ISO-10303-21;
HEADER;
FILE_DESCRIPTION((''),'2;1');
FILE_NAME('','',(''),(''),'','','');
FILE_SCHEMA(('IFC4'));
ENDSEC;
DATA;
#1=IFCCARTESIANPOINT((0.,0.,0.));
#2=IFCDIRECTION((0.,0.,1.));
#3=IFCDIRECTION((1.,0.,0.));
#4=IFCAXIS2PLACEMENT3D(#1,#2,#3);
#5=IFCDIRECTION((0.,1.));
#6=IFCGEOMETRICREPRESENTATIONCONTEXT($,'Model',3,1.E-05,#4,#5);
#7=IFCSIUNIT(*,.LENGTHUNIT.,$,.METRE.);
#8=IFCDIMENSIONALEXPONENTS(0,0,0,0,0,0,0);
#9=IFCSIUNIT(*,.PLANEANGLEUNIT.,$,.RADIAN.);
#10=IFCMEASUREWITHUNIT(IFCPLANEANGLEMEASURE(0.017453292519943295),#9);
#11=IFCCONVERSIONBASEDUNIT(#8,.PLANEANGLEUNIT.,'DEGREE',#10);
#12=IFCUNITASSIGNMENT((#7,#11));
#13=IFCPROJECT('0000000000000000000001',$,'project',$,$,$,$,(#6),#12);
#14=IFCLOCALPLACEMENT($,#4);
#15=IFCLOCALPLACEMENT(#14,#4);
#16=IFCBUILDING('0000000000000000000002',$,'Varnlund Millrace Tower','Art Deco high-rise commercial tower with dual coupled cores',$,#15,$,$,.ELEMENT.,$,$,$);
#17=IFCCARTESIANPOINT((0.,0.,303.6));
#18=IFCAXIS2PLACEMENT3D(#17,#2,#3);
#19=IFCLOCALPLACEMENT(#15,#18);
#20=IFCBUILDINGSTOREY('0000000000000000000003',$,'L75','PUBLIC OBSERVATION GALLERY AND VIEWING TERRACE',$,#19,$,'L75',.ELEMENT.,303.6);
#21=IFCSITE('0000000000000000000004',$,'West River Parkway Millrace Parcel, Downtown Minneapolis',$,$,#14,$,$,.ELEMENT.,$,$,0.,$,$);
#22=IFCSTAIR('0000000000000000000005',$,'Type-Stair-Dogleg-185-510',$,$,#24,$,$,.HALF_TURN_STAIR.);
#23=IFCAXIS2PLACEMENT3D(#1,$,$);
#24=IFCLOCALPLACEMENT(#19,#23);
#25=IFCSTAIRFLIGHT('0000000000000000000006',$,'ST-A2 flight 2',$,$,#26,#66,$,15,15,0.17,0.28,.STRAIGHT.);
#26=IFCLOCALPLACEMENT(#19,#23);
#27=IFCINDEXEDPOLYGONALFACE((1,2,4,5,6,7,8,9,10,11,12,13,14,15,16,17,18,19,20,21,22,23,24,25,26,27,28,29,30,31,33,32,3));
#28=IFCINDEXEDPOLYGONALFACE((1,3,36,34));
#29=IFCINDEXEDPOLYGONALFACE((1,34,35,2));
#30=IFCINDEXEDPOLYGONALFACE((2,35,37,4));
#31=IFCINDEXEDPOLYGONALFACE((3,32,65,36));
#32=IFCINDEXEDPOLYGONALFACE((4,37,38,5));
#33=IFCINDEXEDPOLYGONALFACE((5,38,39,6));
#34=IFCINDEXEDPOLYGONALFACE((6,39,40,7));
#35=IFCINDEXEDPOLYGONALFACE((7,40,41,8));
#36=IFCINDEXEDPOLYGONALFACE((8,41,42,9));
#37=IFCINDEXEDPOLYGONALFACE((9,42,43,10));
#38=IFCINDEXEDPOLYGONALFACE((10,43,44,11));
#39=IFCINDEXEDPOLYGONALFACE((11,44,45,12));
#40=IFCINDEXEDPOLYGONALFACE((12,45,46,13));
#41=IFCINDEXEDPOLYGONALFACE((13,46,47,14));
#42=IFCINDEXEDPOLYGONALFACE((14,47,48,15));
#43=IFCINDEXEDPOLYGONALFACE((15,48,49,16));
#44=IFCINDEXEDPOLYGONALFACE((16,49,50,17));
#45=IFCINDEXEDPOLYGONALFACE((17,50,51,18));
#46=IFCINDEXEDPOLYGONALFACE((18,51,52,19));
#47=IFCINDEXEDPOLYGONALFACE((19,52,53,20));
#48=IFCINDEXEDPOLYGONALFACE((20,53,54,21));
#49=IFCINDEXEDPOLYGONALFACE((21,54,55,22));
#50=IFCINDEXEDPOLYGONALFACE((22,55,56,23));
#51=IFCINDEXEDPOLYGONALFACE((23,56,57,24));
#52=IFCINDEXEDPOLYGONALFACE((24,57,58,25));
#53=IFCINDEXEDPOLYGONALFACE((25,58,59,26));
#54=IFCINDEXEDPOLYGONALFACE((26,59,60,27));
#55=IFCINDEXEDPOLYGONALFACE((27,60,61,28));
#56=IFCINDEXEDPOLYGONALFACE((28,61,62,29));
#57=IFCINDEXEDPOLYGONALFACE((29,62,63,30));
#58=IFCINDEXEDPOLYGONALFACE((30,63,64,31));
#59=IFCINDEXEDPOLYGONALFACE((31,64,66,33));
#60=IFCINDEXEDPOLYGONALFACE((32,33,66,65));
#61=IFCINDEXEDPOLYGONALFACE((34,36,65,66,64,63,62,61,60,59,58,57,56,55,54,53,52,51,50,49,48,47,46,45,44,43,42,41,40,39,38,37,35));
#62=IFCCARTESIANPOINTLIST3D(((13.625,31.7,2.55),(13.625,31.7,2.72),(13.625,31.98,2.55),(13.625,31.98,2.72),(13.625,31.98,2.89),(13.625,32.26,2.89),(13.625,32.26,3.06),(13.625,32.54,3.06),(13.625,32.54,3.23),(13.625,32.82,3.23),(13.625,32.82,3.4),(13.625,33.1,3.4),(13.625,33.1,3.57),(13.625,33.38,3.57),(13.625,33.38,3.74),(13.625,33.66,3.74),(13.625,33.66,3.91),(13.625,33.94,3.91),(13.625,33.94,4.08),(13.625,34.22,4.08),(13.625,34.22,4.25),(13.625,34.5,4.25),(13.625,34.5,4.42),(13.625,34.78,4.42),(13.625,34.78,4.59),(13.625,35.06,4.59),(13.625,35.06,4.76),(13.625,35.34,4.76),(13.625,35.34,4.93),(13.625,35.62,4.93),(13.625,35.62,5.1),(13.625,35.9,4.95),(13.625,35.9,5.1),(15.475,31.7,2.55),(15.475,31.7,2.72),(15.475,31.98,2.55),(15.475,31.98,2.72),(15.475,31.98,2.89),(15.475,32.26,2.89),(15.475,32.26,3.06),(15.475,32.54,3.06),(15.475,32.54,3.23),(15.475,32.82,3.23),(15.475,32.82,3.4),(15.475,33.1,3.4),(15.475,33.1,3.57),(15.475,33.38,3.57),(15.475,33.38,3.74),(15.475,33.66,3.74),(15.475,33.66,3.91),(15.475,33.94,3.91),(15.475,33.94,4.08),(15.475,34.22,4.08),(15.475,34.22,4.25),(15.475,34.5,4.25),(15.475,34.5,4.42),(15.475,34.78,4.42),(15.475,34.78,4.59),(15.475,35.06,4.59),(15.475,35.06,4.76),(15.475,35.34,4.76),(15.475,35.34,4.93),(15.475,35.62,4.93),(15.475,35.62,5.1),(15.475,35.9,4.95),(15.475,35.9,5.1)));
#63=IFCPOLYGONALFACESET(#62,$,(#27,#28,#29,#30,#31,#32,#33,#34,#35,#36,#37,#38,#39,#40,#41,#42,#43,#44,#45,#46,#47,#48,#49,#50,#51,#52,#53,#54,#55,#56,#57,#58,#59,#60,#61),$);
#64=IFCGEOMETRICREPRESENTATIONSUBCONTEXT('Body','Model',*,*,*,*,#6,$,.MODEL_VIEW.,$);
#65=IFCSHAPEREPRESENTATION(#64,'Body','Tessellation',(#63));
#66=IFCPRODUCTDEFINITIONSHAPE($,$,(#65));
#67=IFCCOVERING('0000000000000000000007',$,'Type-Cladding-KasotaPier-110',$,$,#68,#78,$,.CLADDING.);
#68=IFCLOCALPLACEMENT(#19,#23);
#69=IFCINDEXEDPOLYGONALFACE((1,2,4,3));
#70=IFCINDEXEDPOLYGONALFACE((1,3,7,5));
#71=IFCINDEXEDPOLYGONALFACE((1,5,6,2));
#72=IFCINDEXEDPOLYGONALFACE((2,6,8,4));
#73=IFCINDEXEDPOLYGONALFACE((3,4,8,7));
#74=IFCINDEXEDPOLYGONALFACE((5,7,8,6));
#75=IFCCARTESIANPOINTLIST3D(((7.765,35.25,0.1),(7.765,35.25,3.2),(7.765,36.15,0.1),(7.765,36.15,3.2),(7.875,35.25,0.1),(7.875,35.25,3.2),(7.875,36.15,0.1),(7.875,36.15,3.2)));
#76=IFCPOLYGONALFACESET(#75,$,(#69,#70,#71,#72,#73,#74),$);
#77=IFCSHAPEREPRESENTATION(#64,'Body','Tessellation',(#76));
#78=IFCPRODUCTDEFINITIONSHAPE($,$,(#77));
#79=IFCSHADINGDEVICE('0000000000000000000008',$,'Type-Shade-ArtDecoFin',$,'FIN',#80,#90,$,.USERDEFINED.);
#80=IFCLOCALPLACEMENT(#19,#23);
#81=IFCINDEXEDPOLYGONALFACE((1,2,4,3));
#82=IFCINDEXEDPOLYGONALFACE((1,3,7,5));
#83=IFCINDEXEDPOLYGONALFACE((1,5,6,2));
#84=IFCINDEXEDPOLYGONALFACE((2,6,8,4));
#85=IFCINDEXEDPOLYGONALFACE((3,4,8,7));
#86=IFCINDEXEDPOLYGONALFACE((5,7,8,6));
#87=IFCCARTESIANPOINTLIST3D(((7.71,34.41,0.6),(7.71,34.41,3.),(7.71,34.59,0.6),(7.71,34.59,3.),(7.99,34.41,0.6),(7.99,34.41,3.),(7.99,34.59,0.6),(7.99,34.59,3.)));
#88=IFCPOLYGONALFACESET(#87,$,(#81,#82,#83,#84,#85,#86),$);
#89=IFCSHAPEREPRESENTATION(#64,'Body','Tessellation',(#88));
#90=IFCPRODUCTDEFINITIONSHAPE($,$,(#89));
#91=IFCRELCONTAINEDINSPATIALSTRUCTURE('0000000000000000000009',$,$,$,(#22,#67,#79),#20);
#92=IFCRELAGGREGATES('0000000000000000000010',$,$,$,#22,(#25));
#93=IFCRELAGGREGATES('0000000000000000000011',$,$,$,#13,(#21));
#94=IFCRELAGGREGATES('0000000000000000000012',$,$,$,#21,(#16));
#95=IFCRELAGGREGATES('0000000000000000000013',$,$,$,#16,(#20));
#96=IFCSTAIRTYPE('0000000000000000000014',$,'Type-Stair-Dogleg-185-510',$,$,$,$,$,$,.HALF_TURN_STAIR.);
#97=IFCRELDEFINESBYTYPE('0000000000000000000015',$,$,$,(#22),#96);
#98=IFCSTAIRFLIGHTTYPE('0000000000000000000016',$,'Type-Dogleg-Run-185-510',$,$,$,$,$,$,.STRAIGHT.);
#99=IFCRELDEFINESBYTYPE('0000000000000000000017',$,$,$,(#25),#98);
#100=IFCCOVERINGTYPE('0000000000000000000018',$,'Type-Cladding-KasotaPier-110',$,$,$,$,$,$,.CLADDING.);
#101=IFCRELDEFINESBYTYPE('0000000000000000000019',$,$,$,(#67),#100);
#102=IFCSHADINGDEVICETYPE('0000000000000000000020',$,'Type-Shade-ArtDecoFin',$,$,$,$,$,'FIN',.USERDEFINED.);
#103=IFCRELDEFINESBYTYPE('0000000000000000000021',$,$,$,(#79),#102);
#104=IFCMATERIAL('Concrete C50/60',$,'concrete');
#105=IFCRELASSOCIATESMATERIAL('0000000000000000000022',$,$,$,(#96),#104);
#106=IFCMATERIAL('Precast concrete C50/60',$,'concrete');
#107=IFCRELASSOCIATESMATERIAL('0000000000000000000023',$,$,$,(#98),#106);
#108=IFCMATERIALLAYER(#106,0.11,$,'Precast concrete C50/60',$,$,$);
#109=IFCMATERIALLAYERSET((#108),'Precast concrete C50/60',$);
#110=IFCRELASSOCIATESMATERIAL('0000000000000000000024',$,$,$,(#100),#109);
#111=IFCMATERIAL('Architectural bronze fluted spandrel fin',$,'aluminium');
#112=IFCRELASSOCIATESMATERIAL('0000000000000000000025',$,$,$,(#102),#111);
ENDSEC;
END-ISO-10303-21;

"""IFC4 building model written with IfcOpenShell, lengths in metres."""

from ifc_helpers import new_model, entity, si_unit, converted_unit, direction, frame, origin_with_axes, origin_2d_with_axis, place, context, subcontext, project, spatial, polyline, rectangle, outline, extrude, material, layer, layer_set, type_object, element, aggregate, save


model = new_model("IFC4")

# Units and contexts
model_context = context("Model", 3, precision=1e-05, world=origin_with_axes(), true_north=direction((0.0, 1.0)))
body_context = subcontext(model_context, "Body", "Model", "MODEL_VIEW")
ifc_project = project(units=[si_unit("LENGTHUNIT", "METRE"), converted_unit("PLANEANGLEUNIT", "DEGREE", entity("IfcPlaneAngleMeasure", 0.017453292519943295), si_unit("PLANEANGLEUNIT", "RADIAN"), dimensions=[0, 0, 0, 0, 0, 0, 0])], contexts=[model_context])

# Site, building, storey
site_placement = place(None, origin_with_axes())
site = spatial("IfcSite", under=ifc_project, at=site_placement, Name="West River Parkway Millrace Parcel, Downtown Minneapolis", CompositionType="ELEMENT", RefElevation=0.0)
building_placement = place(site_placement, origin_with_axes())
building = spatial("IfcBuilding", under=site, at=building_placement, Name="Varnlund Millrace Tower", Description="Art Deco high-rise commercial tower with dual coupled cores", CompositionType="ELEMENT")
storey_placement = place(building_placement, frame((0.0, 0.0, 303.6), z_axis=(0.0, 0.0, 1.0), x_axis=(1.0, 0.0, 0.0)))
storey = spatial("IfcBuildingStorey", under=building, at=storey_placement, Name="L75", Description="PUBLIC OBSERVATION GALLERY AND VIEWING TERRACE", LongName="L75", CompositionType="ELEMENT", Elevation=303.6)

# Shared definitions
ifc_material_1 = material(Name="Precast concrete C50/60", Category="concrete")

# Stair, stair flight
ifc_material_2 = material(Name="Concrete C50/60", Category="concrete")
stair_type = type_object("IfcStairType", Name="Type-Stair-Dogleg-185-510", PredefinedType="HALF_TURN_STAIR", material=ifc_material_2)
stair_placement = place(storey_placement, origin_with_axes())
stair = element("IfcStair", 1, at=stair_placement, inside=storey, type_object=stair_type, Name="Type-Stair-Dogleg-185-510", PredefinedType="HALF_TURN_STAIR")
stair_flight_type = type_object("IfcStairFlightType", Name="Type-Dogleg-Run-185-510", PredefinedType="STRAIGHT", material=ifc_material_1)
stair_flight_placement = place(storey_placement, frame((13.625, 31.7, 2.55), z_axis=(1.0, 0.0, 0.0), x_axis=(0.0, 1.0, 0.0)))
stair_flight = element("IfcStairFlight", 2, at=stair_flight_placement, type_object=stair_flight_type, Name="ST-A2 flight 2", NumberOfRisers=15, NumberOfTreads=15, PredefinedType="STRAIGHT", RiserHeight=0.17, TreadLength=0.28, context=body_context, shape_type="SweptSolid", body=[
    extrude(outline(polyline([(0.0, 0.0), (0.0, 0.17), (0.28, 0.17), (0.28, 0.34), (0.56, 0.34), (0.56, 0.51), (0.84, 0.51), (0.84, 0.68), (1.12, 0.68), (1.12, 0.85), (1.4, 0.85), (1.4, 1.02), (1.68, 1.02), (1.68, 1.19), (1.96, 1.19), (1.96, 1.36), (2.24, 1.36), (2.24, 1.53), (2.52, 1.53), (2.52, 1.7), (2.8, 1.7), (2.8, 1.87), (3.08, 1.87), (3.08, 2.04), (3.36, 2.04), (3.36, 2.21), (3.64, 2.21), (3.64, 2.38), (3.92, 2.38), (3.92, 2.55), (4.2, 2.55), (4.2, 2.4), (0.28, 0.0), (0.0, 0.0)])), origin_with_axes(), (0.0, 0.0, 1.0), 1.85),
])
aggregate(stair, [stair_flight])

# Covering
ifc_layer_1 = layer(ifc_material_1, 0.11, Name="Precast concrete C50/60")
ifc_layer_set_1 = layer_set([ifc_layer_1], Name="Precast concrete C50/60")
covering_type = type_object("IfcCoveringType", Name="Type-Cladding-KasotaPier-110", PredefinedType="CLADDING", material=ifc_layer_set_1)
covering_placement = place(storey_placement, frame((7.82, 35.7, 0.1), z_axis=(0.0, 0.0, 1.0), x_axis=(1.0, 0.0, 0.0)))
element("IfcCovering", 3, at=covering_placement, inside=storey, type_object=covering_type, Name="Type-Cladding-KasotaPier-110", PredefinedType="CLADDING", context=body_context, shape_type="SweptSolid", body=[
    extrude(rectangle(XDim=0.11, YDim=0.9, at=origin_2d_with_axis()), origin_with_axes(), (0.0, 0.0, 1.0), 3.1),
])

# Shading device
ifc_material_3 = material(Name="Architectural bronze fluted spandrel fin", Category="aluminium")
shading_device_type = type_object("IfcShadingDeviceType", Name="Type-Shade-ArtDecoFin", ElementType="FIN", PredefinedType="USERDEFINED", material=ifc_material_3)
shading_device_placement = place(storey_placement, frame((7.85, 34.5, 0.6), z_axis=(0.0, 0.0, 1.0), x_axis=(1.0, 0.0, 0.0)))
element("IfcShadingDevice", 4, at=shading_device_placement, inside=storey, type_object=shading_device_type, Name="Type-Shade-ArtDecoFin", ObjectType="FIN", PredefinedType="USERDEFINED", context=body_context, shape_type="SweptSolid", body=[
    extrude(rectangle(XDim=0.28, YDim=0.18, at=origin_2d_with_axis()), origin_with_axes(), (0.0, 0.0, 1.0), 2.4),
])

save(model, "model.ifc")
